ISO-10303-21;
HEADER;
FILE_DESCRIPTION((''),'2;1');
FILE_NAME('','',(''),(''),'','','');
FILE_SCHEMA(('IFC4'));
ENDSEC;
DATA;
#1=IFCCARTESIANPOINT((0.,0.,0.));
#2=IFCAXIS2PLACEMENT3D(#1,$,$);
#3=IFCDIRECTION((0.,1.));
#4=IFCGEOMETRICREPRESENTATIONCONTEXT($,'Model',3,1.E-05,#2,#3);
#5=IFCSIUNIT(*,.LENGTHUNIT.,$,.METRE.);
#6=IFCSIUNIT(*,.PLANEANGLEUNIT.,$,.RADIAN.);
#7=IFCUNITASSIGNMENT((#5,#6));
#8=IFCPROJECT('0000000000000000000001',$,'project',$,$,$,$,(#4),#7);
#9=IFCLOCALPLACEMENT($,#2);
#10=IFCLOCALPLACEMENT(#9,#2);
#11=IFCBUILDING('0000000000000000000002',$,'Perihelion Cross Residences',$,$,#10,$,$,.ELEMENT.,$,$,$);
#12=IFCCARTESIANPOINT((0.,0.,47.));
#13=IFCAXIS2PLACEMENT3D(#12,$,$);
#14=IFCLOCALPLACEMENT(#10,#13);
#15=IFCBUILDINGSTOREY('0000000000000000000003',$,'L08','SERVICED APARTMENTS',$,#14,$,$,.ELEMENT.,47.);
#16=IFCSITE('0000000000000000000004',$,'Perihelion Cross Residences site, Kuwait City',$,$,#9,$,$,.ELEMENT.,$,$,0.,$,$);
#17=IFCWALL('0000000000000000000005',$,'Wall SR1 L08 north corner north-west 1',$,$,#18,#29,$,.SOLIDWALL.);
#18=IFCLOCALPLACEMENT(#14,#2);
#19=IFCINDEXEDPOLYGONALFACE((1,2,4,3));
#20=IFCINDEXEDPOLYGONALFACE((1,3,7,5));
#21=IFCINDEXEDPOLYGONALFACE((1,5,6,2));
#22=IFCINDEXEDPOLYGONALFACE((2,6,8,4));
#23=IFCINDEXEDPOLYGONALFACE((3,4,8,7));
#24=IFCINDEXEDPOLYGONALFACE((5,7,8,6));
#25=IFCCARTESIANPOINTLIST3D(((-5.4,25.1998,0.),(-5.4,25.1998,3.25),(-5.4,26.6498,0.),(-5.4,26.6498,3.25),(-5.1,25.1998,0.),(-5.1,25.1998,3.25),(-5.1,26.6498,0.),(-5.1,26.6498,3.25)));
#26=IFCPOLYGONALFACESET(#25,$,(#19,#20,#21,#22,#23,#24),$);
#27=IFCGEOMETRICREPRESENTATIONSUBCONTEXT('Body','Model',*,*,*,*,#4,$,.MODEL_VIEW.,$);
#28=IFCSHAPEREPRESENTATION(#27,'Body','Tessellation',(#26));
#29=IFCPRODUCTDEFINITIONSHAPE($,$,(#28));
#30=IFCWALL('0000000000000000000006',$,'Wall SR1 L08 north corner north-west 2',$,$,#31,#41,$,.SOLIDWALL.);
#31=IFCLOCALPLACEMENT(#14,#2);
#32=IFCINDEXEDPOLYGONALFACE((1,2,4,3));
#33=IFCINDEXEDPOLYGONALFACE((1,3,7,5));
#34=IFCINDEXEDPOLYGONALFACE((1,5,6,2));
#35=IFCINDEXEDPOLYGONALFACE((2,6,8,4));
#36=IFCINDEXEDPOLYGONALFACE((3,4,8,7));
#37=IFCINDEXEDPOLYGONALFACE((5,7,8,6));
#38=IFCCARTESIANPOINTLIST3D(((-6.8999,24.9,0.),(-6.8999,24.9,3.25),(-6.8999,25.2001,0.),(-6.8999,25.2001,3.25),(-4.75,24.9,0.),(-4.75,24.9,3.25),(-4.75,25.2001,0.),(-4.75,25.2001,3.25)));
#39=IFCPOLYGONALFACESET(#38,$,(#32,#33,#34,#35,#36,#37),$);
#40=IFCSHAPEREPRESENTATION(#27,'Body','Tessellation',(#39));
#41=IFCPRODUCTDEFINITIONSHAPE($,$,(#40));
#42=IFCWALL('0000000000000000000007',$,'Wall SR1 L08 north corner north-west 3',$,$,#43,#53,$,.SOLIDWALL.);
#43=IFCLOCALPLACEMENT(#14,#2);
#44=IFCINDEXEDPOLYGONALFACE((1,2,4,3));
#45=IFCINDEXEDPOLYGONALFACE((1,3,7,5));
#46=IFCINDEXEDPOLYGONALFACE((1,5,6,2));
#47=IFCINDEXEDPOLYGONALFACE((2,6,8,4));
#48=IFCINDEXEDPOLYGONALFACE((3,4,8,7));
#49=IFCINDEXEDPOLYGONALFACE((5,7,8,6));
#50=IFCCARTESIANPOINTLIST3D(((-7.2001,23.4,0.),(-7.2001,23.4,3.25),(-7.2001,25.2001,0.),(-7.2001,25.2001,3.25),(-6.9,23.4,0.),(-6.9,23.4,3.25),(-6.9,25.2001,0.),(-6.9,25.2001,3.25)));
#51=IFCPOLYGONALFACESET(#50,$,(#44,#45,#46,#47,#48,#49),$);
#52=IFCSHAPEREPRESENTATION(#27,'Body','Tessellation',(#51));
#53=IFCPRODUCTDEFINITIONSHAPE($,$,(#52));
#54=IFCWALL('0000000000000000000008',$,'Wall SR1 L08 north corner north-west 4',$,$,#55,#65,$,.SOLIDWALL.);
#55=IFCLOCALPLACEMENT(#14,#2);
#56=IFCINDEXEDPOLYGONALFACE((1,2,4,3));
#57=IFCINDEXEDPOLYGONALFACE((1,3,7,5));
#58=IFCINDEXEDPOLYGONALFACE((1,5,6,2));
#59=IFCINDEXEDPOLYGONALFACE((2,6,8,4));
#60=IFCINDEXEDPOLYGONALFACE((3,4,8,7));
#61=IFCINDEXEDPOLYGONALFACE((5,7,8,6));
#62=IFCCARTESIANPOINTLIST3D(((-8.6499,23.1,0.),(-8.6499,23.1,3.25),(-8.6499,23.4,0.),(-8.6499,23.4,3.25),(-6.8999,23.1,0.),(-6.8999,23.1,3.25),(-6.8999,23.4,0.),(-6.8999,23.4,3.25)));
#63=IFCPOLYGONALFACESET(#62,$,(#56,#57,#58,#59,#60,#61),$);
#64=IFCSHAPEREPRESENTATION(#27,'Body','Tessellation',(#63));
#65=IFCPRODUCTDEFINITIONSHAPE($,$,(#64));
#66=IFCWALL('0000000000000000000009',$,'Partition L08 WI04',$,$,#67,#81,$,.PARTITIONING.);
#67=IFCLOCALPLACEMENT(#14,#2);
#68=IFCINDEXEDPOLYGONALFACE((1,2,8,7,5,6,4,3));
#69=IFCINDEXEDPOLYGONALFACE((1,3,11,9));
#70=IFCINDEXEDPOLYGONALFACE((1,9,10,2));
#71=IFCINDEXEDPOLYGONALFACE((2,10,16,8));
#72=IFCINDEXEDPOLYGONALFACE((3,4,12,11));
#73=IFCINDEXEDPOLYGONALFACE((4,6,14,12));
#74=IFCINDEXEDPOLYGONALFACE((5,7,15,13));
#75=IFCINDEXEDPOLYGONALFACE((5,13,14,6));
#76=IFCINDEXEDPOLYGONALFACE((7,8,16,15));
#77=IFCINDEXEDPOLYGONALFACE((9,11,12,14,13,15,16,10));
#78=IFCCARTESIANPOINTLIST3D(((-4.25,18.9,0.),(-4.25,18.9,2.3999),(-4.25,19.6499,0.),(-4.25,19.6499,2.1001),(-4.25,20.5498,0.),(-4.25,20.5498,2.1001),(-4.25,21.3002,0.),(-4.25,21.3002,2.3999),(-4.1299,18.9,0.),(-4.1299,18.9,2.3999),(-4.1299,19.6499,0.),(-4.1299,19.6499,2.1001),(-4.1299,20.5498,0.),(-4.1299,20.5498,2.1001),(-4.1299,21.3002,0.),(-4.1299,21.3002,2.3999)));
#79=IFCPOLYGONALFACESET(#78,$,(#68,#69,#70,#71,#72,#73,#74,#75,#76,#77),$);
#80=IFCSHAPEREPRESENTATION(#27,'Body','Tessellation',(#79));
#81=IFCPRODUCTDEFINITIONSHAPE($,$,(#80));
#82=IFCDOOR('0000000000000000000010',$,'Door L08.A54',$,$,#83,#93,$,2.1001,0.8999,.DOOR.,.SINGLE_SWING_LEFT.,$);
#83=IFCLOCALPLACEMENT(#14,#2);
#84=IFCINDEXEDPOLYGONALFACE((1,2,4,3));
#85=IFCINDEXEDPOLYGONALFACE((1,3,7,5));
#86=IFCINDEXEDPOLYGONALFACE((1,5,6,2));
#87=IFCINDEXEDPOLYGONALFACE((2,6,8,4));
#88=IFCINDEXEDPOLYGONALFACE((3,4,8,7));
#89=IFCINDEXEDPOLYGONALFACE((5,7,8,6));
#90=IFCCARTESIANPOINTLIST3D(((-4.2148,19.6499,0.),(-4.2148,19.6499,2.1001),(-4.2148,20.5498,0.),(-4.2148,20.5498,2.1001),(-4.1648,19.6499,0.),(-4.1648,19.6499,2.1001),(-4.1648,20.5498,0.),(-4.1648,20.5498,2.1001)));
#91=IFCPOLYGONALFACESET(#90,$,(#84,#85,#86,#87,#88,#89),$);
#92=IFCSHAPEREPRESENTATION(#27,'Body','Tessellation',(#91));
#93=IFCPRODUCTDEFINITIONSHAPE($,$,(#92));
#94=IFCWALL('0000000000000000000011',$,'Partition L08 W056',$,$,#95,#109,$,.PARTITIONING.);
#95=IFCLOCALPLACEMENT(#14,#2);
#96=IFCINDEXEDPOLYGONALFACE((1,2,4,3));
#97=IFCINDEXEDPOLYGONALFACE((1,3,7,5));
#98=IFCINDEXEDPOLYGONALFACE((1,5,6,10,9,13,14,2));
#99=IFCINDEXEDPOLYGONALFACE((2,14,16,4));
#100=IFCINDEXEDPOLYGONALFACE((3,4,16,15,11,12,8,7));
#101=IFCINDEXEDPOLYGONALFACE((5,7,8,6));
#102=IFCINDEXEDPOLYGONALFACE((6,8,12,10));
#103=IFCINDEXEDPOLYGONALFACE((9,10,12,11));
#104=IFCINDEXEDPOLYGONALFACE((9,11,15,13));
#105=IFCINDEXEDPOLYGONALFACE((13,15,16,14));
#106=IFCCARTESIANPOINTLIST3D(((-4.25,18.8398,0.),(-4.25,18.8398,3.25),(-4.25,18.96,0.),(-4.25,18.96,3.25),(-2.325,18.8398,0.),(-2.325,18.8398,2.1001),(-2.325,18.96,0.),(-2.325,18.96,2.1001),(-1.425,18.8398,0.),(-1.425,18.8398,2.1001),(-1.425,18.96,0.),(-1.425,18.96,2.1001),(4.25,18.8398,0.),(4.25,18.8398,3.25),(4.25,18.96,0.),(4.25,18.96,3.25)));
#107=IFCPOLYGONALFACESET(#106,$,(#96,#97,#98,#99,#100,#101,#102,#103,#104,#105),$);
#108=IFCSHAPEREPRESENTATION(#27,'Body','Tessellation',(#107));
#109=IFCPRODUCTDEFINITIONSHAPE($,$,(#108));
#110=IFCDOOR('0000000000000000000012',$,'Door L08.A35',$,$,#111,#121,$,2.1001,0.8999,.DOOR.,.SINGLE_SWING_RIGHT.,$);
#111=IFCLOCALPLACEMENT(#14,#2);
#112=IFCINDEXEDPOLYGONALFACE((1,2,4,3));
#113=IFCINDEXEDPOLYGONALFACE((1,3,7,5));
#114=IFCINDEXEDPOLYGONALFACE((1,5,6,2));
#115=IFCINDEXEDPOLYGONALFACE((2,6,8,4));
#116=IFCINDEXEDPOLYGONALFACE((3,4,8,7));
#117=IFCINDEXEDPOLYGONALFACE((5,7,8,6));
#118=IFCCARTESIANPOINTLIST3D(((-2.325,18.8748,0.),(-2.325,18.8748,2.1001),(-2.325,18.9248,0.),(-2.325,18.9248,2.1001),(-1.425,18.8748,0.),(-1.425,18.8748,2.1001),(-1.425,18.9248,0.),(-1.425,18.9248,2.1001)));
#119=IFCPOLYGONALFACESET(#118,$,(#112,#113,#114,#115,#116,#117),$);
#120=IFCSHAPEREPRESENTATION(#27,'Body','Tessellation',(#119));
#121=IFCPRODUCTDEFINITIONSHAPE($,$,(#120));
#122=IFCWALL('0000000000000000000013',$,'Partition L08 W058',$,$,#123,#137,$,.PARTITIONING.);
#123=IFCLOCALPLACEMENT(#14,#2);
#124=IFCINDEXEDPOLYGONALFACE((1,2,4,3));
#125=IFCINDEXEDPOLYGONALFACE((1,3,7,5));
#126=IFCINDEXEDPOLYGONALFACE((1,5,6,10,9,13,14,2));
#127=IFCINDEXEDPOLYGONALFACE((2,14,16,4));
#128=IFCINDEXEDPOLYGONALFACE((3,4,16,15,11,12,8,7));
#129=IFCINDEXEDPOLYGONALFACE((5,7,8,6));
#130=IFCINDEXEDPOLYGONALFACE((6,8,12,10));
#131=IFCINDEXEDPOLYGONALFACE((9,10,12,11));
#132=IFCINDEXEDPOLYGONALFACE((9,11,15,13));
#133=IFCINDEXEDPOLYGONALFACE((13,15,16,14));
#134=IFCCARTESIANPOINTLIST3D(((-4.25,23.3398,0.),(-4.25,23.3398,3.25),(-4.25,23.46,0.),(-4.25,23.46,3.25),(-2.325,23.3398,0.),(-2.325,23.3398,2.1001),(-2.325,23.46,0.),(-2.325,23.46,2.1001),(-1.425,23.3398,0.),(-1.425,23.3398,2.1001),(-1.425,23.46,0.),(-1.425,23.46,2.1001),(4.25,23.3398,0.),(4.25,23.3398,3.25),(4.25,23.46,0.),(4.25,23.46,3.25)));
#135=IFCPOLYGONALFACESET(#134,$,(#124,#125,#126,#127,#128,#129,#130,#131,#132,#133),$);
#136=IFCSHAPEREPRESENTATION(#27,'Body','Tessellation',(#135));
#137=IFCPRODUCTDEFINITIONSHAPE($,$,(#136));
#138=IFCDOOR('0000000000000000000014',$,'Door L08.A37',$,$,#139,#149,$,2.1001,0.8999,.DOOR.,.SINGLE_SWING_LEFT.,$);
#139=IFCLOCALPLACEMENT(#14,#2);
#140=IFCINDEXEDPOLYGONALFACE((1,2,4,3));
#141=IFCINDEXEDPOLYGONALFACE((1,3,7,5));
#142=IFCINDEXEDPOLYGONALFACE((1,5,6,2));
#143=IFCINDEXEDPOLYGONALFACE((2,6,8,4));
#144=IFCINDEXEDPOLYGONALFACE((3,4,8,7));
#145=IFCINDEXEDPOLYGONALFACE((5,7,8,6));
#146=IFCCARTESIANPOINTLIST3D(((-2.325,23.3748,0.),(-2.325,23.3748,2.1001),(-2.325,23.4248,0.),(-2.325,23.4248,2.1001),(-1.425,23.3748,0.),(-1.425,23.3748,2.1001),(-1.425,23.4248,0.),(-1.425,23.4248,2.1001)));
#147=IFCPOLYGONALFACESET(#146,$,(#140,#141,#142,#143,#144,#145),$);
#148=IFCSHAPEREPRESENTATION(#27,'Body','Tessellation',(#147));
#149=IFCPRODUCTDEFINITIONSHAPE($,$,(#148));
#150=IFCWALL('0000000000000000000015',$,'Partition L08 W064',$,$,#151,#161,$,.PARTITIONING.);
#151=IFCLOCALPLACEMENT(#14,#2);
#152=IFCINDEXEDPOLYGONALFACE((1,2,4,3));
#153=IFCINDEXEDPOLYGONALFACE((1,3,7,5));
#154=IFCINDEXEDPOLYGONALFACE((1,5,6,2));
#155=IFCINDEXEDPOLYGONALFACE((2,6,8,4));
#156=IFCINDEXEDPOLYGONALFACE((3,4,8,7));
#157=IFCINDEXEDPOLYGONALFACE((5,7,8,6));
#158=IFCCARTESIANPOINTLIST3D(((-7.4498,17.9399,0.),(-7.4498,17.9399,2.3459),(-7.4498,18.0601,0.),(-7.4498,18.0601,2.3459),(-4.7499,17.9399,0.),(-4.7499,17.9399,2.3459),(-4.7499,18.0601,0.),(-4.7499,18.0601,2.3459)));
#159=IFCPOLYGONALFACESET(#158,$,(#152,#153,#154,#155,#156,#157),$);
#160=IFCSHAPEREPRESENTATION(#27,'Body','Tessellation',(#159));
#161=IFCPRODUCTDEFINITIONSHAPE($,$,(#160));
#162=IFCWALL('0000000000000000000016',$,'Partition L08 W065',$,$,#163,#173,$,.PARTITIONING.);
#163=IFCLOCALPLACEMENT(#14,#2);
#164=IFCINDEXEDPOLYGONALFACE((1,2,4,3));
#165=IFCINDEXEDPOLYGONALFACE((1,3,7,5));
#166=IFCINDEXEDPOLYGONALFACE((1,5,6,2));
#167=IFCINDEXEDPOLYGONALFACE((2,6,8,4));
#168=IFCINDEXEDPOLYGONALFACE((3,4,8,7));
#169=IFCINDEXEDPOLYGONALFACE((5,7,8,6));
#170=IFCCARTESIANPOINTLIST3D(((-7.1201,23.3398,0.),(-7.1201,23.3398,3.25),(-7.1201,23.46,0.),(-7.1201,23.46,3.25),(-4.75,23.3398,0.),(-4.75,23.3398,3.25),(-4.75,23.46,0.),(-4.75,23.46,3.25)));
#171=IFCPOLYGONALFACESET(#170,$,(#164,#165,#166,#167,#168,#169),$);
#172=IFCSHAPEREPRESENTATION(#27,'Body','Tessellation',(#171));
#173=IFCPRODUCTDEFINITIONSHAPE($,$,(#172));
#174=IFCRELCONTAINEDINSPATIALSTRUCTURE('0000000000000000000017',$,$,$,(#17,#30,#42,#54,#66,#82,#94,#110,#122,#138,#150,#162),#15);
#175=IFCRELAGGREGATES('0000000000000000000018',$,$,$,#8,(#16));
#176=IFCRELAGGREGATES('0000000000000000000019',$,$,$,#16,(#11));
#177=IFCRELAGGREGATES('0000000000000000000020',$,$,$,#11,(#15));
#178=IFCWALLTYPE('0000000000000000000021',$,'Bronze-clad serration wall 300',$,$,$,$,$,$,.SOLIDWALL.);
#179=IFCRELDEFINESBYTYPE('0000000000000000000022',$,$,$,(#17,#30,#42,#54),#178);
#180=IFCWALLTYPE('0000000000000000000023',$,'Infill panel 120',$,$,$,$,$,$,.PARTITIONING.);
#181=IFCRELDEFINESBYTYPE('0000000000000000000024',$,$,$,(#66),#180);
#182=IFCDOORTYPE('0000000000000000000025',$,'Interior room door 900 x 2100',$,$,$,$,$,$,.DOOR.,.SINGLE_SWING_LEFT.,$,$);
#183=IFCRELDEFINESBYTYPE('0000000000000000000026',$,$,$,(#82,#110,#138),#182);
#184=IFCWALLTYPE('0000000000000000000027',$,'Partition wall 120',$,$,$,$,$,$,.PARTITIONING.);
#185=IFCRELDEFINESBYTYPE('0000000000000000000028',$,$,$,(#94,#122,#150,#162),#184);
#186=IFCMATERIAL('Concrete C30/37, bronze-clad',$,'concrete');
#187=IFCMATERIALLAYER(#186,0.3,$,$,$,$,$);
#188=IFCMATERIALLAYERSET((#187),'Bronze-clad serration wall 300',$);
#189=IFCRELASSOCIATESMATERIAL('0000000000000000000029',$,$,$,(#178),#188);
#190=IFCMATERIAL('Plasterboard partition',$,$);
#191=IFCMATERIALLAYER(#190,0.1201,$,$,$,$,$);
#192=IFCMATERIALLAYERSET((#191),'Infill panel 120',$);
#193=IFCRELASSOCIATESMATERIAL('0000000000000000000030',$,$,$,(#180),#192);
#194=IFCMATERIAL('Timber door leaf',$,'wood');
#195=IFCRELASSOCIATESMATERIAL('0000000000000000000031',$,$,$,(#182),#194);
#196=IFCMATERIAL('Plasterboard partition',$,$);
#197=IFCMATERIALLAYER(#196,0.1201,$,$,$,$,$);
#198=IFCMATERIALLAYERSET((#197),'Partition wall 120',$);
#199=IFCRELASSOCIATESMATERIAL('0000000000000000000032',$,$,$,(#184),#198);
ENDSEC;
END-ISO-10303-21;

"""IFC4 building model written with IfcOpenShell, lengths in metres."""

from ifc_helpers import new_model, si_unit, direction, frame, frame_2d, origin, place, context, subcontext, project, spatial, rectangle, extrude, material, layer, layer_set, type_object, element, fill, save


model = new_model("IFC4")

# Units and contexts
model_context = context("Model", 3, precision=1e-05, world=origin(), true_north=direction((0.0, 1.0)))
body_context = subcontext(model_context, "Body", "Model", "MODEL_VIEW")
ifc_project = project(units=[si_unit("LENGTHUNIT", "METRE"), si_unit("PLANEANGLEUNIT", "RADIAN")], contexts=[model_context])

# Site, building, storey
site_placement = place(None, origin())
site = spatial("IfcSite", under=ifc_project, at=site_placement, Name="Perihelion Cross Residences site, Kuwait City", CompositionType="ELEMENT", RefElevation=0.0)
building_placement = place(site_placement, origin())
building = spatial("IfcBuilding", under=site, at=building_placement, Name="Perihelion Cross Residences", CompositionType="ELEMENT")
storey_placement = place(building_placement, frame((0.0, 0.0, 47.0)))
storey = spatial("IfcBuildingStorey", under=building, at=storey_placement, Name="L08", Description="SERVICED APARTMENTS", CompositionType="ELEMENT", Elevation=47.0)

# Walls
ifc_material_1 = material(Name="Concrete C30/37, bronze-clad", Category="concrete")
ifc_layer_1 = layer(ifc_material_1, 0.3)
ifc_layer_set_1 = layer_set([ifc_layer_1], Name="Bronze-clad serration wall 300")
wall_type_1 = type_object("IfcWallType", Name="Bronze-clad serration wall 300", PredefinedType="SOLIDWALL", material=ifc_layer_set_1)
wall_1_placement = place(storey_placement, frame((-5.25, 26.6499, 0.0), z_axis=(0.0, 0.0, 1.0), x_axis=(0.0, -1.0, 0.0)))
element("IfcWall", 1, at=wall_1_placement, inside=storey, type_object=wall_type_1, Name="Wall SR1 L08 north corner north-west 1", PredefinedType="SOLIDWALL", context=body_context, shape_type="SweptSolid", body=[
    extrude(rectangle(XDim=1.45, YDim=0.3, at=frame_2d((0.7251, 0.0))), origin(), (0.0, 0.0, 1.0), 3.25),
])
wall_2_placement = place(storey_placement, frame((-4.75, 25.05, 0.0), z_axis=(0.0, 0.0, 1.0), x_axis=(-1.0, 0.0, 0.0)))
element("IfcWall", 2, at=wall_2_placement, inside=storey, type_object=wall_type_1, Name="Wall SR1 L08 north corner north-west 2", PredefinedType="SOLIDWALL", context=body_context, shape_type="SweptSolid", body=[
    extrude(rectangle(XDim=2.1499, YDim=0.3, at=frame_2d((1.075, 0.0))), origin(), (0.0, 0.0, 1.0), 3.25),
])
wall_3_placement = place(storey_placement, frame((-7.05, 25.2, 0.0), z_axis=(0.0, 0.0, 1.0), x_axis=(0.0, -1.0, 0.0)))
element("IfcWall", 3, at=wall_3_placement, inside=storey, type_object=wall_type_1, Name="Wall SR1 L08 north corner north-west 3", PredefinedType="SOLIDWALL", context=body_context, shape_type="SweptSolid", body=[
    extrude(rectangle(XDim=1.8, YDim=0.3, at=frame_2d((0.8999, 0.0))), origin(), (0.0, 0.0, 1.0), 3.25),
])
wall_4_placement = place(storey_placement, frame((-6.8999, 23.25, 0.0), z_axis=(0.0, 0.0, 1.0), x_axis=(-1.0, 0.0, 0.0)))
element("IfcWall", 4, at=wall_4_placement, inside=storey, type_object=wall_type_1, Name="Wall SR1 L08 north corner north-west 4", PredefinedType="SOLIDWALL", context=body_context, shape_type="SweptSolid", body=[
    extrude(rectangle(XDim=1.75, YDim=0.3, at=frame_2d((0.875, 0.0))), origin(), (0.0, 0.0, 1.0), 3.25),
])

# Walls, openings, doors
ifc_material_2 = material(Name="Plasterboard partition")
ifc_layer_2 = layer(ifc_material_2, 0.1201)
ifc_layer_set_2 = layer_set([ifc_layer_2], Name="Infill panel 120")
wall_type_2 = type_object("IfcWallType", Name="Infill panel 120", PredefinedType="PARTITIONING", material=ifc_layer_set_2)
wall_5_placement = place(storey_placement, frame((-4.1899, 18.8999, 0.0), z_axis=(0.0, 0.0, 1.0), x_axis=(0.0, 1.0, 0.0)))
wall_5 = element("IfcWall", 5, at=wall_5_placement, inside=storey, type_object=wall_type_2, Name="Partition L08 WI04", PredefinedType="PARTITIONING", context=body_context, shape_type="SweptSolid", body=[
    extrude(rectangle(XDim=2.4001, YDim=0.1201, at=frame_2d((1.2002, 0.0))), origin(), (0.0, 0.0, 1.0), 2.3999),
])
opening_1_placement = place(wall_5_placement, frame((0.75, 0.0, 0.0)))
opening_1 = element("IfcOpeningElement", 6, at=opening_1_placement, cuts=wall_5, PredefinedType="OPENING", context=body_context, shape_type="SweptSolid", body=[
    extrude(rectangle(XDim=0.8999, YDim=2.1001, at=frame_2d((0.45, 1.05))), frame((0.0, 0.0701, 0.0), z_axis=(0.0, -1.0, 0.0), x_axis=(1.0, 0.0, 0.0)), (0.0, 0.0, 1.0), 0.1401),
])
ifc_material_3 = material(Name="Timber door leaf", Category="wood")
door_type_1 = type_object("IfcDoorType", Name="Interior room door 900 x 2100", OperationType="SINGLE_SWING_LEFT", PredefinedType="DOOR", material=ifc_material_3)
door_1_placement = place(opening_1_placement, origin())
door_1 = element("IfcDoor", 7, at=door_1_placement, inside=storey, type_object=door_type_1, Name="Door L08.A54", OperationType="SINGLE_SWING_LEFT", OverallHeight=2.1001, OverallWidth=0.8999, PredefinedType="DOOR", context=body_context, shape_type="SweptSolid", body=[
    extrude(rectangle(XDim=0.8999, YDim=2.1001, at=frame_2d((0.45, 1.05))), frame((0.0, 0.0249, 0.0), z_axis=(0.0, -1.0, 0.0), x_axis=(1.0, 0.0, 0.0)), (0.0, 0.0, 1.0), 0.05),
])
fill(opening_1, door_1)
ifc_material_4 = material(Name="Plasterboard partition")
ifc_layer_3 = layer(ifc_material_4, 0.1201)
ifc_layer_set_3 = layer_set([ifc_layer_3], Name="Partition wall 120")
wall_type_3 = type_object("IfcWallType", Name="Partition wall 120", PredefinedType="PARTITIONING", material=ifc_layer_set_3)
wall_6_placement = place(storey_placement, frame((-4.25, 18.8999, 0.0), z_axis=(0.0, 0.0, 1.0), x_axis=(1.0, 0.0, 0.0)))
wall_6 = element("IfcWall", 8, at=wall_6_placement, inside=storey, type_object=wall_type_3, Name="Partition L08 W056", PredefinedType="PARTITIONING", context=body_context, shape_type="SweptSolid", body=[
    extrude(rectangle(XDim=8.5, YDim=0.1201, at=frame_2d((4.25, 0.0))), origin(), (0.0, 0.0, 1.0), 3.25),
])
opening_2_placement = place(wall_6_placement, frame((1.925, 0.0, 0.0)))
opening_2 = element("IfcOpeningElement", 9, at=opening_2_placement, cuts=wall_6, PredefinedType="OPENING", context=body_context, shape_type="SweptSolid", body=[
    extrude(rectangle(XDim=0.8999, YDim=2.1001, at=frame_2d((0.45, 1.05))), frame((0.0, 0.0701, 0.0), z_axis=(0.0, -1.0, 0.0), x_axis=(1.0, 0.0, 0.0)), (0.0, 0.0, 1.0), 0.1401),
])
door_2_placement = place(opening_2_placement, origin())
door_2 = element("IfcDoor", 10, at=door_2_placement, inside=storey, type_object=door_type_1, Name="Door L08.A35", OperationType="SINGLE_SWING_RIGHT", OverallHeight=2.1001, OverallWidth=0.8999, PredefinedType="DOOR", context=body_context, shape_type="SweptSolid", body=[
    extrude(rectangle(XDim=0.8999, YDim=2.1001, at=frame_2d((0.45, 1.05))), frame((0.0, 0.0249, 0.0), z_axis=(0.0, -1.0, 0.0), x_axis=(1.0, 0.0, 0.0)), (0.0, 0.0, 1.0), 0.05),
])
fill(opening_2, door_2)
wall_7_placement = place(storey_placement, frame((-4.25, 23.3999, 0.0), z_axis=(0.0, 0.0, 1.0), x_axis=(1.0, 0.0, 0.0)))
wall_7 = element("IfcWall", 11, at=wall_7_placement, inside=storey, type_object=wall_type_3, Name="Partition L08 W058", PredefinedType="PARTITIONING", context=body_context, shape_type="SweptSolid", body=[
    extrude(rectangle(XDim=8.5, YDim=0.1201, at=frame_2d((4.25, 0.0))), origin(), (0.0, 0.0, 1.0), 3.25),
])
opening_3_placement = place(wall_7_placement, frame((1.925, 0.0, 0.0)))
opening_3 = element("IfcOpeningElement", 12, at=opening_3_placement, cuts=wall_7, PredefinedType="OPENING", context=body_context, shape_type="SweptSolid", body=[
    extrude(rectangle(XDim=0.8999, YDim=2.1001, at=frame_2d((0.45, 1.05))), frame((0.0, 0.0701, 0.0), z_axis=(0.0, -1.0, 0.0), x_axis=(1.0, 0.0, 0.0)), (0.0, 0.0, 1.0), 0.1401),
])
door_3_placement = place(opening_3_placement, origin())
door_3 = element("IfcDoor", 13, at=door_3_placement, inside=storey, type_object=door_type_1, Name="Door L08.A37", OperationType="SINGLE_SWING_LEFT", OverallHeight=2.1001, OverallWidth=0.8999, PredefinedType="DOOR", context=body_context, shape_type="SweptSolid", body=[
    extrude(rectangle(XDim=0.8999, YDim=2.1001, at=frame_2d((0.45, 1.05))), frame((0.0, 0.0249, 0.0), z_axis=(0.0, -1.0, 0.0), x_axis=(1.0, 0.0, 0.0)), (0.0, 0.0, 1.0), 0.05),
])
fill(opening_3, door_3)

# Walls
wall_8_placement = place(storey_placement, frame((-7.45, 18.0, 0.0), z_axis=(0.0, 0.0, 1.0), x_axis=(1.0, 0.0, 0.0)))
element("IfcWall", 14, at=wall_8_placement, inside=storey, type_object=wall_type_3, Name="Partition L08 W064", PredefinedType="PARTITIONING", context=body_context, shape_type="SweptSolid", body=[
    extrude(rectangle(XDim=2.7, YDim=0.1201, at=frame_2d((1.3501, 0.0))), origin(), (0.0, 0.0, 1.0), 2.3459),
])
wall_9_placement = place(storey_placement, frame((-7.1201, 23.3999, 0.0), z_axis=(0.0, 0.0, 1.0), x_axis=(1.0, 0.0, 0.0)))
element("IfcWall", 15, at=wall_9_placement, inside=storey, type_object=wall_type_3, Name="Partition L08 W065", PredefinedType="PARTITIONING", context=body_context, shape_type="SweptSolid", body=[
    extrude(rectangle(XDim=2.3701, YDim=0.1201, at=frame_2d((1.1851, 0.0))), origin(), (0.0, 0.0, 1.0), 3.25),
])

save(model, "model.ifc")
